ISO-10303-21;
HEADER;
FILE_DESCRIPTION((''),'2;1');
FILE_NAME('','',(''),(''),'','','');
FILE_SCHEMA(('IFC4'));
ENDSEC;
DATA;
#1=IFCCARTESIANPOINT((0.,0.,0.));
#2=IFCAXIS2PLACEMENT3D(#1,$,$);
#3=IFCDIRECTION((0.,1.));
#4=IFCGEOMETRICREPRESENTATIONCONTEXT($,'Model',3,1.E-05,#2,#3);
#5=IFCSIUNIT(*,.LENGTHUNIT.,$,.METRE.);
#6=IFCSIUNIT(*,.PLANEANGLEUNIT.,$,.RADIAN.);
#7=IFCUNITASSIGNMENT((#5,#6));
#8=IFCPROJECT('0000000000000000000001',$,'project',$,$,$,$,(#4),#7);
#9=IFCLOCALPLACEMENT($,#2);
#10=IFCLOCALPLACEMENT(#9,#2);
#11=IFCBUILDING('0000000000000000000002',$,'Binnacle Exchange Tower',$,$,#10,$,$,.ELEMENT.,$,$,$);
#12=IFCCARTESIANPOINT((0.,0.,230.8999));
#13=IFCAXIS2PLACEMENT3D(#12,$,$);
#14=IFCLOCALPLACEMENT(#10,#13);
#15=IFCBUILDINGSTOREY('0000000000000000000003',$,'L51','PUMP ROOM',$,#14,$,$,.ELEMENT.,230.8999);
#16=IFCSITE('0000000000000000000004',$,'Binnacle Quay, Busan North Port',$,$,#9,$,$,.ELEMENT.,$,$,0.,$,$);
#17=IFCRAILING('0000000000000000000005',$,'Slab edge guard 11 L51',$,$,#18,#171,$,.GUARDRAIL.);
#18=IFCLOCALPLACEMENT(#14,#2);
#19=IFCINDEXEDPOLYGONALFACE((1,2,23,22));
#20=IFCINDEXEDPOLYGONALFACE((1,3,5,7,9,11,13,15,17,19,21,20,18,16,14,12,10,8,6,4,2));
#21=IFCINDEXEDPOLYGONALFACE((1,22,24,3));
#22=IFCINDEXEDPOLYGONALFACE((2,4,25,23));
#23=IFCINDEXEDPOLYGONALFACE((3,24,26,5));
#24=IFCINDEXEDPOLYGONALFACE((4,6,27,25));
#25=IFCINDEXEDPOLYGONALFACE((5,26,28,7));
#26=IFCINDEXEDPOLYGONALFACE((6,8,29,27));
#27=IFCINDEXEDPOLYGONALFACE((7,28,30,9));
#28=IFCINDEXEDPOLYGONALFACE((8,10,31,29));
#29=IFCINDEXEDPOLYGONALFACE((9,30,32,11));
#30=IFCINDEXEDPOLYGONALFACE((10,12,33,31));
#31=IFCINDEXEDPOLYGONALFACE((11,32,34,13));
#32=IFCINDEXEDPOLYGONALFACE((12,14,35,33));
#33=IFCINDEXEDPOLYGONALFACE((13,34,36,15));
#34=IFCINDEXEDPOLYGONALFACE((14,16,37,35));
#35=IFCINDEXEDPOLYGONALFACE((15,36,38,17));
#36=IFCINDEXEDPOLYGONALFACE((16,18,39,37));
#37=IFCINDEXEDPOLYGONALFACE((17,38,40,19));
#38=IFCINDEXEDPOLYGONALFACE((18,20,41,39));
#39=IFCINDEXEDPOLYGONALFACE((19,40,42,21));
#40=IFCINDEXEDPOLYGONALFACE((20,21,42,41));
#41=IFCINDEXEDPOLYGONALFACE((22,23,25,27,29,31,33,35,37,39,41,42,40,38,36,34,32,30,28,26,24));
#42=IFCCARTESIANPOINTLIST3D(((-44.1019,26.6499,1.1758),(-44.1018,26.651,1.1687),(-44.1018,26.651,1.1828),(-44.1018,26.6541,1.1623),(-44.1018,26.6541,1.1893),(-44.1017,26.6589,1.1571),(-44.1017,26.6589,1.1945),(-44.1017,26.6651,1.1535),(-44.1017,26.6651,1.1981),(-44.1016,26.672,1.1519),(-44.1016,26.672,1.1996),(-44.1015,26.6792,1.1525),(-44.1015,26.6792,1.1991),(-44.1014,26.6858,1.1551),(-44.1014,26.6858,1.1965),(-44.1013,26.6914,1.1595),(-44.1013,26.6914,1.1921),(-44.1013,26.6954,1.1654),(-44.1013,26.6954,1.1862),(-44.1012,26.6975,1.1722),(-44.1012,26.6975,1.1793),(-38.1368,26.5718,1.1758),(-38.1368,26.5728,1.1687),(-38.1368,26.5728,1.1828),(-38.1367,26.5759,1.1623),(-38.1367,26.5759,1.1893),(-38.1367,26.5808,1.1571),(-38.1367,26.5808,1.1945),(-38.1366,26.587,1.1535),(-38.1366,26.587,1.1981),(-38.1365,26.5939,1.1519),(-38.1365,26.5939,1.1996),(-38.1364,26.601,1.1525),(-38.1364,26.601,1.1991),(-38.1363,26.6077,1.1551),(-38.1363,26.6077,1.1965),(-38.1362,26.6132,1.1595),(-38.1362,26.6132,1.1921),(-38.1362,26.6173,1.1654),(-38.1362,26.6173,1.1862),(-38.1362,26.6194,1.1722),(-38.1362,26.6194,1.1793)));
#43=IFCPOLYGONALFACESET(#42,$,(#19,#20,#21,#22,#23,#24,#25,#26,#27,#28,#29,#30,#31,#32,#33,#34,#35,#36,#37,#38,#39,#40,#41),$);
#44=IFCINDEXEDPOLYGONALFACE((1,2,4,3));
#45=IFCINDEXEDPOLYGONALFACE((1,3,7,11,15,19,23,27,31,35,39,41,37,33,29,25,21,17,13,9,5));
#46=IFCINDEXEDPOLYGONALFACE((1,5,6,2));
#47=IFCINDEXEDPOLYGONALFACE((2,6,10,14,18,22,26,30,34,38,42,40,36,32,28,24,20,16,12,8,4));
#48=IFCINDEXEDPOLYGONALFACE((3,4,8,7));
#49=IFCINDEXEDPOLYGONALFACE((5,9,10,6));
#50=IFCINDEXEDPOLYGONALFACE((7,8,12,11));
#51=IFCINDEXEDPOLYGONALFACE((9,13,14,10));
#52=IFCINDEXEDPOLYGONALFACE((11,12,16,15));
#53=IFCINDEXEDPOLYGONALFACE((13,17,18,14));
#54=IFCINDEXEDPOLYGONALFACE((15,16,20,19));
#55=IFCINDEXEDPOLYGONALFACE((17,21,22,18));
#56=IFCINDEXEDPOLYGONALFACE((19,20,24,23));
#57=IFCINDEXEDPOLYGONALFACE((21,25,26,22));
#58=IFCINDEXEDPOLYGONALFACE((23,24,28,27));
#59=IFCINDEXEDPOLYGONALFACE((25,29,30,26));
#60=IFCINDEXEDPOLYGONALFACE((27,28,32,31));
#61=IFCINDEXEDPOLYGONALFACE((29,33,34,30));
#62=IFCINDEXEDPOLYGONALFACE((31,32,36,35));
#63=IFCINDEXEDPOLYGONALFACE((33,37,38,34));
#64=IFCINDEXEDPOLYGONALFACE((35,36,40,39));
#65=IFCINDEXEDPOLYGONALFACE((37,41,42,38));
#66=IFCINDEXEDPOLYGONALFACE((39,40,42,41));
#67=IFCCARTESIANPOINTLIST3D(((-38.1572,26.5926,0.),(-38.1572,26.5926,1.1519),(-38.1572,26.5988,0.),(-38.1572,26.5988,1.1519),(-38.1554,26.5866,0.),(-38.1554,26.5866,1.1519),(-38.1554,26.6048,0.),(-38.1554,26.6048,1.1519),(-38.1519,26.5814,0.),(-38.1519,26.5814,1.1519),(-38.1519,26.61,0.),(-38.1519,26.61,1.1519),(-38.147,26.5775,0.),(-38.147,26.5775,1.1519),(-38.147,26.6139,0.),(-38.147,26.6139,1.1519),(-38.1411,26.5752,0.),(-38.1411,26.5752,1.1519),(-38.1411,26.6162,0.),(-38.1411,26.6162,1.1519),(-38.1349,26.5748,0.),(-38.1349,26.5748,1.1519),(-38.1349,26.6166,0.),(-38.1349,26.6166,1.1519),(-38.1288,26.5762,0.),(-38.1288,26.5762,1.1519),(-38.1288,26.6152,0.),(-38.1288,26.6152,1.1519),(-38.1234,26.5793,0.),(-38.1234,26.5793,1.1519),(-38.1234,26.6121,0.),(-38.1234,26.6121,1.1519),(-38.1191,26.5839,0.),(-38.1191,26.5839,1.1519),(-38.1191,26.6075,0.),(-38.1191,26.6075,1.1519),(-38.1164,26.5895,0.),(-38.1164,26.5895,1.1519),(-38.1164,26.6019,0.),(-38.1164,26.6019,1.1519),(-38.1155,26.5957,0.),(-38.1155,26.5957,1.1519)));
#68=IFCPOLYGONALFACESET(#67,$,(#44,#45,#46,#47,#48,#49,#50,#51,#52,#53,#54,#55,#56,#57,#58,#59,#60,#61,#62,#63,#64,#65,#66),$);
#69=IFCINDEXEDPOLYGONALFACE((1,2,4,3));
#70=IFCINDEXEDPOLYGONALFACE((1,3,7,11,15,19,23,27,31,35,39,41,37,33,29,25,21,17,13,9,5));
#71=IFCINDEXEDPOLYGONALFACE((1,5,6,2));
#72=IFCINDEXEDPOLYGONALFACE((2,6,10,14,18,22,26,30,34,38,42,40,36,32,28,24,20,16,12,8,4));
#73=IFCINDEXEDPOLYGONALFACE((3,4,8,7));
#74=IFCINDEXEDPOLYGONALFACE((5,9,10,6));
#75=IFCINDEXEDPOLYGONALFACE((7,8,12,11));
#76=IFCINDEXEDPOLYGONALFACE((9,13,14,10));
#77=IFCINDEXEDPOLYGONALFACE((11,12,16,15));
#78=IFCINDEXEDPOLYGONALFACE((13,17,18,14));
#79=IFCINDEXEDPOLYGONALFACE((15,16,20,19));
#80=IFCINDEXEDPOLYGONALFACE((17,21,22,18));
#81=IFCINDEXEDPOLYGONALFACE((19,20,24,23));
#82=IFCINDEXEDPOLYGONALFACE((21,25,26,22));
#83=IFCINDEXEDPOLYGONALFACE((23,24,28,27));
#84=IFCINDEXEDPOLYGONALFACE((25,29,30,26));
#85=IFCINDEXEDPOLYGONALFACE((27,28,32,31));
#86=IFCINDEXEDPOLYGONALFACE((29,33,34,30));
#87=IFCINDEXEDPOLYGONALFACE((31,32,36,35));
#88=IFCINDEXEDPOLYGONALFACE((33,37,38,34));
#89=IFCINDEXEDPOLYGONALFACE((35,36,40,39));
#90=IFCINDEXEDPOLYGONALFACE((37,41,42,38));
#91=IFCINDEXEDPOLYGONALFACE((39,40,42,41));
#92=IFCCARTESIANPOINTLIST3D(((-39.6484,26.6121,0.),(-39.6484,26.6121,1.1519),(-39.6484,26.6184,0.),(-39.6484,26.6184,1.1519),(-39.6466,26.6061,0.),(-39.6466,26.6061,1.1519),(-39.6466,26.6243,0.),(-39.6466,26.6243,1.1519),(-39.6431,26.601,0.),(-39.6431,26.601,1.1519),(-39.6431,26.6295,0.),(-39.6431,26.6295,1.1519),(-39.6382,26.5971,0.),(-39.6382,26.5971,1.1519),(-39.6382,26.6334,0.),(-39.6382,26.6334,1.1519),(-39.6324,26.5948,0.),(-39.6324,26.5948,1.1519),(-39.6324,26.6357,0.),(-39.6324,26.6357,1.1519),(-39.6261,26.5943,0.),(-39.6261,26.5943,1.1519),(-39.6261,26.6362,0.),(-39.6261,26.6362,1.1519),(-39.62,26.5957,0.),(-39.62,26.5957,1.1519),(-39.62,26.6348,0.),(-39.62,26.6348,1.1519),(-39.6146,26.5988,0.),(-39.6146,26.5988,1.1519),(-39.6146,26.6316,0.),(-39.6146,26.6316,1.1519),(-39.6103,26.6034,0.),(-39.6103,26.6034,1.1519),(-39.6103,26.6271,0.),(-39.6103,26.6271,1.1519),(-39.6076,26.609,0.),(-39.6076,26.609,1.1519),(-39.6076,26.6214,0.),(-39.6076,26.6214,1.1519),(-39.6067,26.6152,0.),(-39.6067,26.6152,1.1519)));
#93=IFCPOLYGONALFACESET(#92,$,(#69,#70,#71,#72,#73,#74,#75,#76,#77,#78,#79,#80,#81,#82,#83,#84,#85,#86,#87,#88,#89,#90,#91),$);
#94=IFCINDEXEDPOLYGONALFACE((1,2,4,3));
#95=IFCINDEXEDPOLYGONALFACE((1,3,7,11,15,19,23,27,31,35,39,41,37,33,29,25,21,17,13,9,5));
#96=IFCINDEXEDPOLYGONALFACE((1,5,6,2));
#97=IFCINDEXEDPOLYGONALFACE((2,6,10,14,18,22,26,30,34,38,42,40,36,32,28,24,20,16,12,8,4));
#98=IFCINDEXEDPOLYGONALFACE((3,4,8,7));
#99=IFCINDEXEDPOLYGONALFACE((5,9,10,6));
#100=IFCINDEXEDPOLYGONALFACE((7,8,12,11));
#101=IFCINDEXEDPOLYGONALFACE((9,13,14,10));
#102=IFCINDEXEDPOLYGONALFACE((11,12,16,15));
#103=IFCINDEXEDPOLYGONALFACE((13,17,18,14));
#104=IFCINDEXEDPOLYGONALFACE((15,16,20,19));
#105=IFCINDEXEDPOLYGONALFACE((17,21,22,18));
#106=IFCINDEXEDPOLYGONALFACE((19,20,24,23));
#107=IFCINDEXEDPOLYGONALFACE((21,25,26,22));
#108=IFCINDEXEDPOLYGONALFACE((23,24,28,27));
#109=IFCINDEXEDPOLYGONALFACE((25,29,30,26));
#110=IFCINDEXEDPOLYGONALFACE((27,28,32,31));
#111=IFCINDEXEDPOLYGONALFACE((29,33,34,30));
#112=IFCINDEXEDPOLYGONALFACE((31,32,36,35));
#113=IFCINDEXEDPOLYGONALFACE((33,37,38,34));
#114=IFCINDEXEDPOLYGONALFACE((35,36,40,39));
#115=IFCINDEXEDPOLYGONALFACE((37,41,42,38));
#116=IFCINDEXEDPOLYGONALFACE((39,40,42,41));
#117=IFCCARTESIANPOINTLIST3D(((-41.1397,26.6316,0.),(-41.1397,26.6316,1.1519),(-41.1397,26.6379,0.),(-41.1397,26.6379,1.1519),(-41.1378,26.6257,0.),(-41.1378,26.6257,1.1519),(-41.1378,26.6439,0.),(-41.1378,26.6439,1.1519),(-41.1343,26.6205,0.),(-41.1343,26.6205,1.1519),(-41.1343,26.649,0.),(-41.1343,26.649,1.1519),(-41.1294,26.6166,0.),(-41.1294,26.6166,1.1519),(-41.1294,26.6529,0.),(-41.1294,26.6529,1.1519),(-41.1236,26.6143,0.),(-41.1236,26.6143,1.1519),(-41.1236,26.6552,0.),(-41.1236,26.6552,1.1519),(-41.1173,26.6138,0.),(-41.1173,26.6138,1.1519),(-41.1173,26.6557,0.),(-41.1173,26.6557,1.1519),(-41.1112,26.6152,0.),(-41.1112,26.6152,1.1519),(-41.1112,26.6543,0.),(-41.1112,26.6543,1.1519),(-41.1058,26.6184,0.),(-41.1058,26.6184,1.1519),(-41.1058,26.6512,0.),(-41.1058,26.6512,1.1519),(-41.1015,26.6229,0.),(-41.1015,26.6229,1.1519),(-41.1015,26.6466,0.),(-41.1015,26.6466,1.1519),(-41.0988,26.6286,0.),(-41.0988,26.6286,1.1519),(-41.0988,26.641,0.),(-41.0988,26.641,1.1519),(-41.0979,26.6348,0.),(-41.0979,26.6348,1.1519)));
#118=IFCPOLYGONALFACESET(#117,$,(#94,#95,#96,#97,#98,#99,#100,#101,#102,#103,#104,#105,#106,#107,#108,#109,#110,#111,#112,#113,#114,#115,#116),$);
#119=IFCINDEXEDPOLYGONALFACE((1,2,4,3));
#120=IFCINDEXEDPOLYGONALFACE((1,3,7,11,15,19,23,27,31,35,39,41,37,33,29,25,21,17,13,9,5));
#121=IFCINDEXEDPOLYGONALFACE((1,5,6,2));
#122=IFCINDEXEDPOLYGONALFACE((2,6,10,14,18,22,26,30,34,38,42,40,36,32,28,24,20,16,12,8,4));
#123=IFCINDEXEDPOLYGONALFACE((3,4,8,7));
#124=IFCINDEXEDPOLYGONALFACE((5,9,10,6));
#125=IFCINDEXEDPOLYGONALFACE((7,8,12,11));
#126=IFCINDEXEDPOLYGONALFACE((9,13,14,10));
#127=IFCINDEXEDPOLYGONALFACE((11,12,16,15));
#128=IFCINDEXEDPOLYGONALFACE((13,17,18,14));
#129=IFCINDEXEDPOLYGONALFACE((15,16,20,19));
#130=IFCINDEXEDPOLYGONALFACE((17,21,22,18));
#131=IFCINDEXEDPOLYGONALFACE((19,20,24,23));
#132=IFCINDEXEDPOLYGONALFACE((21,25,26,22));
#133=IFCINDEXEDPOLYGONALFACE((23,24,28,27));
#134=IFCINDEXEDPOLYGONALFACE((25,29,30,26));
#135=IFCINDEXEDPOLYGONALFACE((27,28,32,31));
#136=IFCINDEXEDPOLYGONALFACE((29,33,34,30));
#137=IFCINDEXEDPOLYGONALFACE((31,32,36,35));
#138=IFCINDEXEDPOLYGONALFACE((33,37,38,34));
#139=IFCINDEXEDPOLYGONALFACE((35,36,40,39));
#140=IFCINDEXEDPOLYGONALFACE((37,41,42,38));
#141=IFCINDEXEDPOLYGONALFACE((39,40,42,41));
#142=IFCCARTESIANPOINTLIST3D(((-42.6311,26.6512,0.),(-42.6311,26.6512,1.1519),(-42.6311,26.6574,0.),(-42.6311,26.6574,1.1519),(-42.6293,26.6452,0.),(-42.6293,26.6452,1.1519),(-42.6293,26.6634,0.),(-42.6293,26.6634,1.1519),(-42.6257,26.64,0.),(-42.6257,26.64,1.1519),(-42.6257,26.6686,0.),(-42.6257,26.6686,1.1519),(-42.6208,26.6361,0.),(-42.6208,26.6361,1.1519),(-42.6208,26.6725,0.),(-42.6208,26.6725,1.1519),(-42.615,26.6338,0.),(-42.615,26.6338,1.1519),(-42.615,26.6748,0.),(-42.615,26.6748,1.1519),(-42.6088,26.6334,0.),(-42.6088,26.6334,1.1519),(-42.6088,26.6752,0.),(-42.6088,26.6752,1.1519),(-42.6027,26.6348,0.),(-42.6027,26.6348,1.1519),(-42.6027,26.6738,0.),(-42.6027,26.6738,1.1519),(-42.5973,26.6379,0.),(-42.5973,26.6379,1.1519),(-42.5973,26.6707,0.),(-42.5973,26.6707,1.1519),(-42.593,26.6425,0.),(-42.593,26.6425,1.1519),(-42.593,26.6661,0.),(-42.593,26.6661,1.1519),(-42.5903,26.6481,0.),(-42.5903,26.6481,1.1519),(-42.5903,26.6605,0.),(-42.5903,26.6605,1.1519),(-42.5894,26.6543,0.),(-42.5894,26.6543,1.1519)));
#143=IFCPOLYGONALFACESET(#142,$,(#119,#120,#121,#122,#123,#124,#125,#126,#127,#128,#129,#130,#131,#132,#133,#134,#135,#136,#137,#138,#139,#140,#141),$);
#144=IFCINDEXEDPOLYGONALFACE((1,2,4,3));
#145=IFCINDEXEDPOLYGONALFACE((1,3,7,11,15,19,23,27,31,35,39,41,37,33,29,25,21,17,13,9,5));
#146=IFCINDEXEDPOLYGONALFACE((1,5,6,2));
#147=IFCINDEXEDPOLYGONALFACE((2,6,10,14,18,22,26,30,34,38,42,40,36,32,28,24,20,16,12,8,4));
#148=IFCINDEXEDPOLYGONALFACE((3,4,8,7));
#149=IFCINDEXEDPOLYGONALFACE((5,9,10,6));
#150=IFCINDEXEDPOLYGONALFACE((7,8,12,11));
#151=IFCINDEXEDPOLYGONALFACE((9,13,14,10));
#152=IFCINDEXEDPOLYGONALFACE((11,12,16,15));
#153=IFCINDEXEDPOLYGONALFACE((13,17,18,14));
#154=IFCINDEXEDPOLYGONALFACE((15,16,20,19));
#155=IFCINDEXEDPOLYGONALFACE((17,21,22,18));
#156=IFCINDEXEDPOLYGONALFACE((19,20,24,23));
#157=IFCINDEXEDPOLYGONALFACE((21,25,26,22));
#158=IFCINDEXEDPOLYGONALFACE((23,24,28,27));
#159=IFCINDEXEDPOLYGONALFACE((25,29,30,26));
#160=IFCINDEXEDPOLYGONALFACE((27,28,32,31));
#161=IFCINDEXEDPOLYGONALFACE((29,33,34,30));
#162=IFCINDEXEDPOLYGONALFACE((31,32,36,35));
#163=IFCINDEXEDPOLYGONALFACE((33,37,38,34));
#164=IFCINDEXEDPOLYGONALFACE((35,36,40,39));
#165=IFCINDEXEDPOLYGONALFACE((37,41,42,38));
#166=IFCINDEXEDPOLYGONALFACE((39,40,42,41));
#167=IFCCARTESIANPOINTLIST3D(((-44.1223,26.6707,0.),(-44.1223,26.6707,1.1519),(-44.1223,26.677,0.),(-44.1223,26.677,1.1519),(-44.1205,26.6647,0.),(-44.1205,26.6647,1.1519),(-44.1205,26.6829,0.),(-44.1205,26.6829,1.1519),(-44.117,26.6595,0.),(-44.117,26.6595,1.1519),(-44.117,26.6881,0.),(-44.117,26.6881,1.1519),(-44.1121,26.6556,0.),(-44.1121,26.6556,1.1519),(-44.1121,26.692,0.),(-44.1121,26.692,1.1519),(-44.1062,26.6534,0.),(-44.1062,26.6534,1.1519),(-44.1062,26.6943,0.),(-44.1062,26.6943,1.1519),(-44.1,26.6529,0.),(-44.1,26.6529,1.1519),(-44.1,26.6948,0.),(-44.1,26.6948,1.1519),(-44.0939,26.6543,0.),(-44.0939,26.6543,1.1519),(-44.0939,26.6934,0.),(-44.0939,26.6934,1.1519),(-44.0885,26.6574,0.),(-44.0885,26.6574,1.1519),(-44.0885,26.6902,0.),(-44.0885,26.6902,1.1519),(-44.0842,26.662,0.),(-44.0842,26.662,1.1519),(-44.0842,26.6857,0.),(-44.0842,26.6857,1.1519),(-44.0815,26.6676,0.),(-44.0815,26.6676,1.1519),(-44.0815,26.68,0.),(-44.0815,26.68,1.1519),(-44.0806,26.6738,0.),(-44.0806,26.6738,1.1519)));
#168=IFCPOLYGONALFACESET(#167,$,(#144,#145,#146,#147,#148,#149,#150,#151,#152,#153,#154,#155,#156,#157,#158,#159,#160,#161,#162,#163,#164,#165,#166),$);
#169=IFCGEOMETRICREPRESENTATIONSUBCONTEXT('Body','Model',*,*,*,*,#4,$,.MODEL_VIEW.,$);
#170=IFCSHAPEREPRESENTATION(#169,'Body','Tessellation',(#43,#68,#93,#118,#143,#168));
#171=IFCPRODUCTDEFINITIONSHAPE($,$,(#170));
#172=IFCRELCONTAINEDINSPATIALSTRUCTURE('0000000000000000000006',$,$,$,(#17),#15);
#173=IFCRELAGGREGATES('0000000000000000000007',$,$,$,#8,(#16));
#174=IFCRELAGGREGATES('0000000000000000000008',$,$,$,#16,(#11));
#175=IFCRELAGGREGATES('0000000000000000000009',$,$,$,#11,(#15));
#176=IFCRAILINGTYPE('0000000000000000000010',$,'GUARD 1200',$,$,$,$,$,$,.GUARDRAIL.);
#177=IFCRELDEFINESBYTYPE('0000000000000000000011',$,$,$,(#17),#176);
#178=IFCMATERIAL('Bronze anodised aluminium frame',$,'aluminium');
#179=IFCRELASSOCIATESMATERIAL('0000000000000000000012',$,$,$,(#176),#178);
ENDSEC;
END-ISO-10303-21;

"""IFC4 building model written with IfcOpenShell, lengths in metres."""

from ifc_helpers import new_model, si_unit, direction, frame, origin, origin_2d, place, context, subcontext, project, spatial, circle, extrude, material, type_object, element, save


model = new_model("IFC4")

# Units and contexts
model_context = context("Model", 3, precision=1e-05, world=origin(), true_north=direction((0.0, 1.0)))
body_context = subcontext(model_context, "Body", "Model", "MODEL_VIEW")
ifc_project = project(units=[si_unit("LENGTHUNIT", "METRE"), si_unit("PLANEANGLEUNIT", "RADIAN")], contexts=[model_context])

# Site, building, storey
site_placement = place(None, origin())
site = spatial("IfcSite", under=ifc_project, at=site_placement, Name="Binnacle Quay, Busan North Port", CompositionType="ELEMENT", RefElevation=0.0)
building_placement = place(site_placement, origin())
building = spatial("IfcBuilding", under=site, at=building_placement, Name="Binnacle Exchange Tower", CompositionType="ELEMENT")
storey_placement = place(building_placement, frame((0.0, 0.0, 230.8999)))
storey = spatial("IfcBuildingStorey", under=building, at=storey_placement, Name="L51", Description="PUMP ROOM", CompositionType="ELEMENT", Elevation=230.8999)

# Railing
ifc_material_1 = material(Name="Bronze anodised aluminium frame", Category="aluminium")
railing_type_1 = type_object("IfcRailingType", Name="GUARD 1200", PredefinedType="GUARDRAIL", material=ifc_material_1)
railing_1_placement = place(storey_placement, frame((-38.1365, 26.5957, 0.0)))
element("IfcRailing", 1, at=railing_1_placement, inside=storey, type_object=railing_type_1, Name="Slab edge guard 11 L51", PredefinedType="GUARDRAIL", context=body_context, shape_type="SweptSolid", body=[
    extrude(circle(Radius=0.0239, at=origin_2d()), frame((0.0, 0.0, 1.1758), z_axis=(-0.999914, 0.013096, 0.0), x_axis=(-0.013096, -0.999914, 0.0)), (0.0, 0.0, 1.0), 5.9656),
    extrude(circle(Radius=0.021, at=origin_2d()), origin(), (0.0, 0.0, 1.0), 1.1519),
    extrude(circle(Radius=0.021, at=origin_2d()), frame((-1.4912, 0.0195, 0.0)), (0.0, 0.0, 1.0), 1.1519),
    extrude(circle(Radius=0.021, at=origin_2d()), frame((-2.9824, 0.0391, 0.0)), (0.0, 0.0, 1.0), 1.1519),
    extrude(circle(Radius=0.021, at=origin_2d()), frame((-4.4739, 0.0586, 0.0)), (0.0, 0.0, 1.0), 1.1519),
    extrude(circle(Radius=0.021, at=origin_2d()), frame((-5.9651, 0.0781, 0.0)), (0.0, 0.0, 1.0), 1.1519),
])

save(model, "model.ifc")
